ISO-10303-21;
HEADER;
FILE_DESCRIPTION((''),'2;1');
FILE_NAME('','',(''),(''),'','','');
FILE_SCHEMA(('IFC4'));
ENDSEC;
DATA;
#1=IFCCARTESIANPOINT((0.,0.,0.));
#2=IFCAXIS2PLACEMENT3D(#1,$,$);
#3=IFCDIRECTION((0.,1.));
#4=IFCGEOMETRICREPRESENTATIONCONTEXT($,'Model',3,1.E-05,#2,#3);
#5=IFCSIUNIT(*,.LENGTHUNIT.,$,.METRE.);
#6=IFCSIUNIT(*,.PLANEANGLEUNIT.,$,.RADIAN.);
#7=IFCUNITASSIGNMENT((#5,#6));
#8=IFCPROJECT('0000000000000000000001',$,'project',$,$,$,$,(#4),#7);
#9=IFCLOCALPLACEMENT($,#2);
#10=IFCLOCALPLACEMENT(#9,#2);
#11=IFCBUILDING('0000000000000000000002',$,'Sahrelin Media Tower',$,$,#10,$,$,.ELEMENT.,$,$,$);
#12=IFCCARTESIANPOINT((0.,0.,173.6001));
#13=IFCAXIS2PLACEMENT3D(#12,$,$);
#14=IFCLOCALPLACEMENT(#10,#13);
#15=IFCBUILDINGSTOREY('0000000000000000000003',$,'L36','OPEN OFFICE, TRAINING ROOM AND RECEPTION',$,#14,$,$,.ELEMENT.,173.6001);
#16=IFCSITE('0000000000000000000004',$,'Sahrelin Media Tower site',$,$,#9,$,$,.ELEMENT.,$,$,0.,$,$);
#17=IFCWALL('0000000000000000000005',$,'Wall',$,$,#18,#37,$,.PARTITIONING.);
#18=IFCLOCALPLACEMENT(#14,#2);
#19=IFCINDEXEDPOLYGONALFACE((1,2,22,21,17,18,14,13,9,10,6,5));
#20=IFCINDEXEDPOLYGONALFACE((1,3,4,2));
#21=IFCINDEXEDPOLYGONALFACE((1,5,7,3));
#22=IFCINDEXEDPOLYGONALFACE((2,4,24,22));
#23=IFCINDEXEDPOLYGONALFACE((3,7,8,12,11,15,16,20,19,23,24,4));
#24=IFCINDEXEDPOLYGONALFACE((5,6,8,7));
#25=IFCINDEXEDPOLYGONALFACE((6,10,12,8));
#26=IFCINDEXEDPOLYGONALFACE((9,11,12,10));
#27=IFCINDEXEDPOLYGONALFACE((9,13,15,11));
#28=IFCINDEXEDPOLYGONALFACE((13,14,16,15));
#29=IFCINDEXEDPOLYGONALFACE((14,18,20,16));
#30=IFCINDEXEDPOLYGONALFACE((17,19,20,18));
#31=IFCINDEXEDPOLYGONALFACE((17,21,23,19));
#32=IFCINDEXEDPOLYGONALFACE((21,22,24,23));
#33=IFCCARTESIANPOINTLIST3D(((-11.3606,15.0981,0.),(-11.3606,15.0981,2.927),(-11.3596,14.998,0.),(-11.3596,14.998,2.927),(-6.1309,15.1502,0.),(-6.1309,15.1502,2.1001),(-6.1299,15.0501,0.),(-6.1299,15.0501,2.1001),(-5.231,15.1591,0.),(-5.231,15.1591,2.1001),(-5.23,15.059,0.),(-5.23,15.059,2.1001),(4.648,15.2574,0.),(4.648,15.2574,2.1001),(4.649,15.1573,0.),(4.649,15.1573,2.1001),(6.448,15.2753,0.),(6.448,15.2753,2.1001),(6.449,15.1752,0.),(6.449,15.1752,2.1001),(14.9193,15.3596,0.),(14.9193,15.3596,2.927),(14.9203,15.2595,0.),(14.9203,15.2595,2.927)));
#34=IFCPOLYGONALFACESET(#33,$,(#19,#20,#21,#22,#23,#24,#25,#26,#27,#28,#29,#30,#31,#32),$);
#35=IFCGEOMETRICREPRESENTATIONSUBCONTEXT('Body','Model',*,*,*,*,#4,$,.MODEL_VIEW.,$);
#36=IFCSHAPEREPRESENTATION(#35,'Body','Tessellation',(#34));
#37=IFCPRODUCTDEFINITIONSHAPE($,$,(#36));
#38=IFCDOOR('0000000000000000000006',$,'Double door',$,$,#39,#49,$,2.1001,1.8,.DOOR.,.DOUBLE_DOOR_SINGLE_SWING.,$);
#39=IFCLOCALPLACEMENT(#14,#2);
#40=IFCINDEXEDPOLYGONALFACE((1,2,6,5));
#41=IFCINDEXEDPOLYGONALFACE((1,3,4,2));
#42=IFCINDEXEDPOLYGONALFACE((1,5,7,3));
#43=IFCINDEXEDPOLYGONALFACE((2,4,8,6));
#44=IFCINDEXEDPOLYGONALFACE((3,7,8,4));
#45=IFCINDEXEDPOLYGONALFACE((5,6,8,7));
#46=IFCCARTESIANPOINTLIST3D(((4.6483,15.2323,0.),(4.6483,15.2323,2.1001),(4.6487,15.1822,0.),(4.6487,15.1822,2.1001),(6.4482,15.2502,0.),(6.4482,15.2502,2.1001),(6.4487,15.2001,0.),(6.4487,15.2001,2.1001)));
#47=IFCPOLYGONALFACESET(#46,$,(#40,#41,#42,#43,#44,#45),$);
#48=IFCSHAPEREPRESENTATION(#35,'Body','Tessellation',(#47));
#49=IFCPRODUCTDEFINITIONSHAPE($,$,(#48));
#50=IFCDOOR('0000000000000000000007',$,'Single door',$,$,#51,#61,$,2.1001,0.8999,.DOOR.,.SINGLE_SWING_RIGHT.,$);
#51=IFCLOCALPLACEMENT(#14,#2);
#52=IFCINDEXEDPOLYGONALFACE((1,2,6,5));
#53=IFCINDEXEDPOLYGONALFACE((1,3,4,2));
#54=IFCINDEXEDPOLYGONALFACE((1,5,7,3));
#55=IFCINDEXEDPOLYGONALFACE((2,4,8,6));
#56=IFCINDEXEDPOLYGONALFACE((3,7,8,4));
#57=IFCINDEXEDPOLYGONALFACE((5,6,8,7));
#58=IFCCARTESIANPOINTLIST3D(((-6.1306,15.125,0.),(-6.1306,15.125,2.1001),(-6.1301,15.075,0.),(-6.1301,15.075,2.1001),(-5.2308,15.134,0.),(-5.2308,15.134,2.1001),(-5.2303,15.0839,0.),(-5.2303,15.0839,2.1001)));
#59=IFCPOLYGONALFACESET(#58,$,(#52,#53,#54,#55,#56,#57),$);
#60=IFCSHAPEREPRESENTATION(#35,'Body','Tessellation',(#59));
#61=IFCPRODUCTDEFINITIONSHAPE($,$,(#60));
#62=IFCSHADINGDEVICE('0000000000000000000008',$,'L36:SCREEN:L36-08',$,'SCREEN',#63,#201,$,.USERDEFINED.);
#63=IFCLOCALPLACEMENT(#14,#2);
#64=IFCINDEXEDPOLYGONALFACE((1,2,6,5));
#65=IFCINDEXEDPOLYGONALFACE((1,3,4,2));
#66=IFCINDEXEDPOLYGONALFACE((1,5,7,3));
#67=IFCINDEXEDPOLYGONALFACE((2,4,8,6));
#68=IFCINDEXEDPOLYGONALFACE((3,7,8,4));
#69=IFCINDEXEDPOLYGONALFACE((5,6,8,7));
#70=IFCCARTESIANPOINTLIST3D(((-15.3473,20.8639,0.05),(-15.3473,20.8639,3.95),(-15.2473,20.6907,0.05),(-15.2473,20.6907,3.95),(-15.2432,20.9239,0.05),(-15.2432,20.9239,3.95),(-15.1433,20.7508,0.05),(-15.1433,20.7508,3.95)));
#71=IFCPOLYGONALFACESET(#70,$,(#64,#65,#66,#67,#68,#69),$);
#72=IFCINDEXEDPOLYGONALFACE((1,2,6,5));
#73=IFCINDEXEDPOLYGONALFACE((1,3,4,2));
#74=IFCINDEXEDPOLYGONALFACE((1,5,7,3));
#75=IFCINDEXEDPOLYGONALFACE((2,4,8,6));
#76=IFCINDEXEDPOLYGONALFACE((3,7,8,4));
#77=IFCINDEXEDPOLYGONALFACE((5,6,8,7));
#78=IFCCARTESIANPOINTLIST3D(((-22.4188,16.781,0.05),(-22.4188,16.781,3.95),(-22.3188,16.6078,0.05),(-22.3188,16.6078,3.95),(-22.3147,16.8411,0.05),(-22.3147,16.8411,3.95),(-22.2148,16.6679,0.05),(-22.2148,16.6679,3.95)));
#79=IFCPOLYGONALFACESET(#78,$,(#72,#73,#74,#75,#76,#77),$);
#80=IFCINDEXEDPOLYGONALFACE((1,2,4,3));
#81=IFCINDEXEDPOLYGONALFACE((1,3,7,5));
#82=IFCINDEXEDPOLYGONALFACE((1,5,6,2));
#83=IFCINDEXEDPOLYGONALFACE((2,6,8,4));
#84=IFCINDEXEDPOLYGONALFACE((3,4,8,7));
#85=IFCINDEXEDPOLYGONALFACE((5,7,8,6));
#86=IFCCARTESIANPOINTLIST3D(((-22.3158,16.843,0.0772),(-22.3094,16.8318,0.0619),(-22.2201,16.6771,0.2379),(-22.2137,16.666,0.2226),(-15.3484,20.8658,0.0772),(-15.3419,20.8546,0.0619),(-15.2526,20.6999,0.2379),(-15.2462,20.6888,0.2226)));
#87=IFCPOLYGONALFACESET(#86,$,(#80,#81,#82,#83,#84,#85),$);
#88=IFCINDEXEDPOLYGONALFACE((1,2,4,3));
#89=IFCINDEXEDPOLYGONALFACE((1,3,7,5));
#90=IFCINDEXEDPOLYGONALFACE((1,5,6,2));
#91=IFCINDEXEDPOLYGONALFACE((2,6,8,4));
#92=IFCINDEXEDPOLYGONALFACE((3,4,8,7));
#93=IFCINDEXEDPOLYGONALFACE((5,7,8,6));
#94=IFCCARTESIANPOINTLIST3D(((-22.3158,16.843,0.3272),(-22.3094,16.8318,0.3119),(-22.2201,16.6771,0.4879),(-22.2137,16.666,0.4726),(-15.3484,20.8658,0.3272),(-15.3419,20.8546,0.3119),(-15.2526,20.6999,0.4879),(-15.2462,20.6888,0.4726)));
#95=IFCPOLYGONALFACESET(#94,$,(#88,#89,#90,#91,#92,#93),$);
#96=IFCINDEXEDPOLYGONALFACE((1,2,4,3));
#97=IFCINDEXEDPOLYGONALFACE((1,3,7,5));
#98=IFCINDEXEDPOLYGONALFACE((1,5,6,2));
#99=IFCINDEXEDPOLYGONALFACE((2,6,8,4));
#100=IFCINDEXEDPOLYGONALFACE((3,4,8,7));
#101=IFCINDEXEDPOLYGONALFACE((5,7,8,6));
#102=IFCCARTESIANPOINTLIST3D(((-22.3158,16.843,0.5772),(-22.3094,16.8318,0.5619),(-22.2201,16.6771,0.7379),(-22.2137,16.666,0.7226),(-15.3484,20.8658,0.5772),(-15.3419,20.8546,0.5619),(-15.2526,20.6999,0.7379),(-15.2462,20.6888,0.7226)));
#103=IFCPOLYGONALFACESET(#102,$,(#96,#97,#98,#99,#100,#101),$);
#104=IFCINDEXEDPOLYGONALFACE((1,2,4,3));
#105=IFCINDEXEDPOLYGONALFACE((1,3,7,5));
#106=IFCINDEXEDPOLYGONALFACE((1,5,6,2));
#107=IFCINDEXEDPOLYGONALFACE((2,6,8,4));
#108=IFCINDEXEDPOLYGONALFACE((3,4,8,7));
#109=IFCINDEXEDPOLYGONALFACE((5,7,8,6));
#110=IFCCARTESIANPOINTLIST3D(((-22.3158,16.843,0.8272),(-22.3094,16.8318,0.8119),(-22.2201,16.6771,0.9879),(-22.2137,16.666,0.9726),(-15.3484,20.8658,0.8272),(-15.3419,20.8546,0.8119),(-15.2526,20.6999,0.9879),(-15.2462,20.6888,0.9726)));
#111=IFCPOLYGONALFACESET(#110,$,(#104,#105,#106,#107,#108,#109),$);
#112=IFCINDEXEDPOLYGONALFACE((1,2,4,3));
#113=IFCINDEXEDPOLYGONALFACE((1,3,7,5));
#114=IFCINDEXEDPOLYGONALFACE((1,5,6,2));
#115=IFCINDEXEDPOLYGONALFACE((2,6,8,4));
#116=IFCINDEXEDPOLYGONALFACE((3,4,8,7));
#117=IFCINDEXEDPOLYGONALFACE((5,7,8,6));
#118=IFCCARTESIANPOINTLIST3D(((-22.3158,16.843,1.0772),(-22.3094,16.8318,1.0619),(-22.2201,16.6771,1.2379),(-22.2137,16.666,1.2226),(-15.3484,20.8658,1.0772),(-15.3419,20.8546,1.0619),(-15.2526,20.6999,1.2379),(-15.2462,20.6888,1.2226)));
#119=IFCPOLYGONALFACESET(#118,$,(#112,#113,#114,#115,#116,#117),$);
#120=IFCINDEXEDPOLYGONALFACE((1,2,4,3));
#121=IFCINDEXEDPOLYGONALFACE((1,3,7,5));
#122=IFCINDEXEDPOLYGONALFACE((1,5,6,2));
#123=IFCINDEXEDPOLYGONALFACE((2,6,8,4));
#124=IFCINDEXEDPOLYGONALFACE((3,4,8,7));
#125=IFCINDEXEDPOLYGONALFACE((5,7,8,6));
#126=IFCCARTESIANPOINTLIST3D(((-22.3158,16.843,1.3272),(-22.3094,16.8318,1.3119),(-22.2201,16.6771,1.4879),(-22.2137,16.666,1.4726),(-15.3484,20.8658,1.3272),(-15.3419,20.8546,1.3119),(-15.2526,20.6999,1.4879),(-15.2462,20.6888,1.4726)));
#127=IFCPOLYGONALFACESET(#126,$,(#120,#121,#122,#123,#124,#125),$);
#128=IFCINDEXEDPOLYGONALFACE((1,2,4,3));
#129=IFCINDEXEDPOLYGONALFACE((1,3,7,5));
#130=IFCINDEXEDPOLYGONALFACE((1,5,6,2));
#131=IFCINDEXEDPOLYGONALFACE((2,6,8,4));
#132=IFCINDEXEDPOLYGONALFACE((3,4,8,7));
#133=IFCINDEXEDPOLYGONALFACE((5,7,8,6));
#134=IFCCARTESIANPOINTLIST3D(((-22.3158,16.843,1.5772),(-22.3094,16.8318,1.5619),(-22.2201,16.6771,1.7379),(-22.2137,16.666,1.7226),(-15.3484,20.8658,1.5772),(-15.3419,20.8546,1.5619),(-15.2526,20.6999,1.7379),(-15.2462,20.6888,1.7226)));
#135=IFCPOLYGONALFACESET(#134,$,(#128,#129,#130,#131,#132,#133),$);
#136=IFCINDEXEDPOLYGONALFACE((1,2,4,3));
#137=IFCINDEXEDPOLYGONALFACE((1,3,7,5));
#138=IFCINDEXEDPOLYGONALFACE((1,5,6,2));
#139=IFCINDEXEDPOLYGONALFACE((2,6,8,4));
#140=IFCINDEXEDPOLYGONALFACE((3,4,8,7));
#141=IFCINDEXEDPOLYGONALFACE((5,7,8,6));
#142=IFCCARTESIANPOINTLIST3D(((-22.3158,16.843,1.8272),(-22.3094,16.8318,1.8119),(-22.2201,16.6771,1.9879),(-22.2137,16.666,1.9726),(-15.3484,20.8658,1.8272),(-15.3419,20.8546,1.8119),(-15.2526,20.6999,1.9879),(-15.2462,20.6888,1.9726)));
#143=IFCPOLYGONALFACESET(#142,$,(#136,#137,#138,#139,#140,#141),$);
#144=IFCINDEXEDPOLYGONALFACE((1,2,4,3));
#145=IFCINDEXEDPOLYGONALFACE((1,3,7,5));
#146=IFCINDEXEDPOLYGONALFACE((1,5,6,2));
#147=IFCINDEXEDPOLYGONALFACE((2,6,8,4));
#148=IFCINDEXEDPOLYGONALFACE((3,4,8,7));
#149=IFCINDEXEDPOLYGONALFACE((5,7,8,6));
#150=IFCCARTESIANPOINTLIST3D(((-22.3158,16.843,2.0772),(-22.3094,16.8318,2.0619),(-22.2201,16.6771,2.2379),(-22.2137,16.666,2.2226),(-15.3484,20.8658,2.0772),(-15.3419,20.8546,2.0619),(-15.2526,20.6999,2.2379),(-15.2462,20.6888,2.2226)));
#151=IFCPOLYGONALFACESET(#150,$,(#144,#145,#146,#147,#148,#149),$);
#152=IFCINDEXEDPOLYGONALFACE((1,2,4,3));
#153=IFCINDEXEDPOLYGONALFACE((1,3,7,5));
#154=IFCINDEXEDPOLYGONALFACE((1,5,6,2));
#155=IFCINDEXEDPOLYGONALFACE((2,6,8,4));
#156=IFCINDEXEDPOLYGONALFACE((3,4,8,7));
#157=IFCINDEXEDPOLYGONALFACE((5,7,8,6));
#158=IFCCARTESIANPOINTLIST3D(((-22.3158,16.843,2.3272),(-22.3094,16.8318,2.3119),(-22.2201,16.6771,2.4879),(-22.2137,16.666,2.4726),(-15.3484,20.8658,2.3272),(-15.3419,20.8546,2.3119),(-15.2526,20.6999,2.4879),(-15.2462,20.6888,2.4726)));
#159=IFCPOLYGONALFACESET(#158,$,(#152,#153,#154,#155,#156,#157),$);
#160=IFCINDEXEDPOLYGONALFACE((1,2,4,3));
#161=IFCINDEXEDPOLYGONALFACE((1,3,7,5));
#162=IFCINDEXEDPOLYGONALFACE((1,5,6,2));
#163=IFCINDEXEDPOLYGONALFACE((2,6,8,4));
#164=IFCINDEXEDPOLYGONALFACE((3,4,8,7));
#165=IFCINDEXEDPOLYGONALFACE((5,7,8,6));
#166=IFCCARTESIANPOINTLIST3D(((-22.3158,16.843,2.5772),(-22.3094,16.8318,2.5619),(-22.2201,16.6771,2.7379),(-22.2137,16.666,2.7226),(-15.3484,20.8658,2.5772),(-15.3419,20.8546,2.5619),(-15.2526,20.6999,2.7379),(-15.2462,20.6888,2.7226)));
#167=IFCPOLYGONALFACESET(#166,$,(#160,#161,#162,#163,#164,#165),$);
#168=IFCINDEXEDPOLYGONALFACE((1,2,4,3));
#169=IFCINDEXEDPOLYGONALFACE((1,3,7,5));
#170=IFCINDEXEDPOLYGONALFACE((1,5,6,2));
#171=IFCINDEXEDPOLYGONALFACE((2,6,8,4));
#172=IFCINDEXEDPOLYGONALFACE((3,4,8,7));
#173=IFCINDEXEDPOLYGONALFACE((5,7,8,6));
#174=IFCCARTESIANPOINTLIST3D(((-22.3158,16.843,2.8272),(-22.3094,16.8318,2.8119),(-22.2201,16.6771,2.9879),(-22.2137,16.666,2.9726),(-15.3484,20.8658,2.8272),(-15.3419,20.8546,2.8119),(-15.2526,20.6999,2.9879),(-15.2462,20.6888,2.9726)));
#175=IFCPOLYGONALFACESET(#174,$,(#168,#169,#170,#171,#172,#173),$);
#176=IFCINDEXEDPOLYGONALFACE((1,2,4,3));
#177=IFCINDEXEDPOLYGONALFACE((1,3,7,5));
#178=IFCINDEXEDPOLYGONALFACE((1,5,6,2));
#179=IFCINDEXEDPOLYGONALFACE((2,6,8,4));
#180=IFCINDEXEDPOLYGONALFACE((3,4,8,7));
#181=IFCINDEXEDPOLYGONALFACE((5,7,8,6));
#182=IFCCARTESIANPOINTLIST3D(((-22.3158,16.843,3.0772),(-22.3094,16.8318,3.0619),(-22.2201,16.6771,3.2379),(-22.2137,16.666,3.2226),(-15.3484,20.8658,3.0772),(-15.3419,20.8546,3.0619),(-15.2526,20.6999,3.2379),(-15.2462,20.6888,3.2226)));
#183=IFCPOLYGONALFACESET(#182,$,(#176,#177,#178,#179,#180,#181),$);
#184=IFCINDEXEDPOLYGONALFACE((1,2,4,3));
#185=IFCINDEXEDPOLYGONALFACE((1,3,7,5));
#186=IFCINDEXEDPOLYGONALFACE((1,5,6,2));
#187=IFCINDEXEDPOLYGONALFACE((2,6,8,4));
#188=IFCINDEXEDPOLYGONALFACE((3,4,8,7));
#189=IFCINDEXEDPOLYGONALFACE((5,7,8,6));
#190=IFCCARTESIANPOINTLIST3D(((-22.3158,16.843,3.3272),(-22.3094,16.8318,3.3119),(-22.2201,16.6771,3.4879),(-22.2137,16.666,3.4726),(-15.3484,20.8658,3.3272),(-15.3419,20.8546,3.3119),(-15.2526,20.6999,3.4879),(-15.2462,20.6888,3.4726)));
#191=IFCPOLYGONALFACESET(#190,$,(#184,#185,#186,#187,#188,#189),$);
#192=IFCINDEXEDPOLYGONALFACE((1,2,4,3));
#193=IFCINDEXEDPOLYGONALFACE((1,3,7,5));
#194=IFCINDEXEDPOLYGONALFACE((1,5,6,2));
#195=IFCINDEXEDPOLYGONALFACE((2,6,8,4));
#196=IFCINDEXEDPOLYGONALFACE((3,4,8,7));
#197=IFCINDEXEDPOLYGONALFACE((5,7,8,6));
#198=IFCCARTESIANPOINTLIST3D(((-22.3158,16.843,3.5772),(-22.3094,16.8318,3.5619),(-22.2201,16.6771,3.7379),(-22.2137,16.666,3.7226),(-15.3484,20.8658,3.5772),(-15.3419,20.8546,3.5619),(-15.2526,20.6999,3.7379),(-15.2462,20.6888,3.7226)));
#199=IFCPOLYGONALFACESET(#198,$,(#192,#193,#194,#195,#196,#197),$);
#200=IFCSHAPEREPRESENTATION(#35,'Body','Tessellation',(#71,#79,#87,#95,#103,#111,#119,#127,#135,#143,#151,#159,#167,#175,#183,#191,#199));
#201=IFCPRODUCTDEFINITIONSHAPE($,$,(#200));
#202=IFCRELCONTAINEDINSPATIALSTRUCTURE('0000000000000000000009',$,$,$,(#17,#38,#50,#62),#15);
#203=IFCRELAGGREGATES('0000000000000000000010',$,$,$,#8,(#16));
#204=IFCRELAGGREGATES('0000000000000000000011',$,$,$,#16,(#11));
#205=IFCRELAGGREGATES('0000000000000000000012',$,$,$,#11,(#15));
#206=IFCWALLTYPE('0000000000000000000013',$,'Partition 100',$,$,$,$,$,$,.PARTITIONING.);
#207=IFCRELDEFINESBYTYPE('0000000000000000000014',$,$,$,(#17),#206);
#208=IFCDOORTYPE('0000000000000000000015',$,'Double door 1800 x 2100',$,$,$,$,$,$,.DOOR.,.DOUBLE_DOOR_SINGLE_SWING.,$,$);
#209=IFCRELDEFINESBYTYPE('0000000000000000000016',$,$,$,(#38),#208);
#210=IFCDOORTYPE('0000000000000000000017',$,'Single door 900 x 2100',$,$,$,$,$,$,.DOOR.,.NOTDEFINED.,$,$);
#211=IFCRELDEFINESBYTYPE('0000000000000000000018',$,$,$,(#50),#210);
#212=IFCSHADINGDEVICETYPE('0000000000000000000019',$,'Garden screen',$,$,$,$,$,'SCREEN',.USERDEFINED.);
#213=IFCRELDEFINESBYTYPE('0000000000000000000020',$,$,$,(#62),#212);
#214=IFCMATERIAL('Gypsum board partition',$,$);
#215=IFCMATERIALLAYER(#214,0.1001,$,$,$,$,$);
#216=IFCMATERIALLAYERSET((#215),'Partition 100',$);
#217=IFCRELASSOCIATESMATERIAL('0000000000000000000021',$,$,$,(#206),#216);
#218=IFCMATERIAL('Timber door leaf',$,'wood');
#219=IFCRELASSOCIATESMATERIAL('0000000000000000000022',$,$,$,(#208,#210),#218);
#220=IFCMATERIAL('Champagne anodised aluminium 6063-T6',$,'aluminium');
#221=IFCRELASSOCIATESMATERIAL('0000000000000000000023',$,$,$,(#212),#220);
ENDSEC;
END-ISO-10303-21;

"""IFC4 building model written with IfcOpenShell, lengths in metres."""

from ifc_helpers import new_model, si_unit, direction, frame, frame_2d, origin, origin_2d, place, context, subcontext, project, spatial, rectangle, extrude, material, layer, layer_set, type_object, element, fill, save


model = new_model("IFC4")

# Units and contexts
model_context = context("Model", 3, precision=1e-05, world=origin(), true_north=direction((0.0, 1.0)))
body_context = subcontext(model_context, "Body", "Model", "MODEL_VIEW")
ifc_project = project(units=[si_unit("LENGTHUNIT", "METRE"), si_unit("PLANEANGLEUNIT", "RADIAN")], contexts=[model_context])

# Site, building, storey
site_placement = place(None, origin())
site = spatial("IfcSite", under=ifc_project, at=site_placement, Name="Sahrelin Media Tower site", CompositionType="ELEMENT", RefElevation=0.0)
building_placement = place(site_placement, origin())
building = spatial("IfcBuilding", under=site, at=building_placement, Name="Sahrelin Media Tower", CompositionType="ELEMENT")
storey_placement = place(building_placement, frame((0.0, 0.0, 173.6001)))
storey = spatial("IfcBuildingStorey", under=building, at=storey_placement, Name="L36", Description="OPEN OFFICE, TRAINING ROOM AND RECEPTION", CompositionType="ELEMENT", Elevation=173.6001)

# Shared definitions
ifc_material_1 = material(Name="Gypsum board partition")
ifc_layer_1 = layer(ifc_material_1, 0.1001)
ifc_layer_set_1 = layer_set([ifc_layer_1], Name="Partition 100")
wall_type_1 = type_object("IfcWallType", Name="Partition 100", PredefinedType="PARTITIONING", material=ifc_layer_set_1)

# Wall, openings, doors
wall_1_placement = place(storey_placement, frame((-11.3601, 15.0481, 0.0), z_axis=(0.0, 0.0, 1.0), x_axis=(0.999951, 0.009949, 0.0)))
wall_1 = element("IfcWall", 1, at=wall_1_placement, inside=storey, type_object=wall_type_1, Name="Wall", PredefinedType="PARTITIONING", context=body_context, shape_type="SweptSolid", body=[
    extrude(rectangle(XDim=26.2812, YDim=0.1001, at=frame_2d((13.1406, 0.0))), origin(), (0.0, 0.0, 1.0), 2.927),
])
opening_1_placement = place(wall_1_placement, frame((16.0095, 0.0, 0.0)))
opening_1 = element("IfcOpeningElement", 2, at=opening_1_placement, cuts=wall_1, PredefinedType="OPENING", context=body_context, shape_type="SweptSolid", body=[
    extrude(rectangle(XDim=1.8, YDim=2.1001, at=frame_2d((0.8999, 1.05))), frame((0.0, 0.05, 0.0), z_axis=(0.0, -1.0, 0.0), x_axis=(1.0, 0.0, 0.0)), (0.0, 0.0, 1.0), 0.1001),
])
opening_2_placement = place(wall_1_placement, frame((5.23, 0.0, 0.0)))
opening_2 = element("IfcOpeningElement", 3, at=opening_2_placement, cuts=wall_1, PredefinedType="OPENING", context=body_context, shape_type="SweptSolid", body=[
    extrude(rectangle(XDim=0.8999, YDim=2.1001, at=frame_2d((0.45, 1.05))), frame((0.0, 0.05, 0.0), z_axis=(0.0, -1.0, 0.0), x_axis=(1.0, 0.0, 0.0)), (0.0, 0.0, 1.0), 0.1001),
])
ifc_material_2 = material(Name="Timber door leaf", Category="wood")
door_type_1 = type_object("IfcDoorType", Name="Double door 1800 x 2100", OperationType="DOUBLE_DOOR_SINGLE_SWING", PredefinedType="DOOR", material=ifc_material_2)
door_1_placement = place(opening_1_placement, origin())
door_1 = element("IfcDoor", 4, at=door_1_placement, inside=storey, type_object=door_type_1, Name="Double door", OperationType="DOUBLE_DOOR_SINGLE_SWING", OverallHeight=2.1001, OverallWidth=1.8, PredefinedType="DOOR", context=body_context, shape_type="SweptSolid", body=[
    extrude(rectangle(XDim=1.8, YDim=2.1001, at=frame_2d((0.8999, 1.05))), frame((0.0, 0.0249, 0.0), z_axis=(0.0, -1.0, 0.0), x_axis=(1.0, 0.0, 0.0)), (0.0, 0.0, 1.0), 0.05),
])
fill(opening_1, door_1)
door_type_2 = type_object("IfcDoorType", Name="Single door 900 x 2100", OperationType="NOTDEFINED", PredefinedType="DOOR", material=ifc_material_2)
door_2_placement = place(opening_2_placement, origin())
door_2 = element("IfcDoor", 5, at=door_2_placement, inside=storey, type_object=door_type_2, Name="Single door", OperationType="SINGLE_SWING_RIGHT", OverallHeight=2.1001, OverallWidth=0.8999, PredefinedType="DOOR", context=body_context, shape_type="SweptSolid", body=[
    extrude(rectangle(XDim=0.8999, YDim=2.1001, at=frame_2d((0.45, 1.05))), frame((0.0, 0.0249, 0.0), z_axis=(0.0, -1.0, 0.0), x_axis=(1.0, 0.0, 0.0)), (0.0, 0.0, 1.0), 0.05),
])
fill(opening_2, door_2)

# Shading device
ifc_material_3 = material(Name="Champagne anodised aluminium 6063-T6", Category="aluminium")
shading_device_type = type_object("IfcShadingDeviceType", Name="Garden screen", ElementType="SCREEN", PredefinedType="USERDEFINED", material=ifc_material_3)
shading_device_1_placement = place(storey_placement, frame((-18.731, 18.6792, 0.0), z_axis=(0.0, 0.0, 1.0), x_axis=(0.866019, 0.500011, 0.0)))
element("IfcShadingDevice", 6, at=shading_device_1_placement, inside=storey, type_object=shading_device_type, Name="L36:SCREEN:L36-08", ObjectType="SCREEN", PredefinedType="USERDEFINED", context=body_context, shape_type="SweptSolid", body=[
    extrude(rectangle(XDim=0.1201, YDim=0.2, at=origin_2d()), frame((4.0828, 0.1001, 0.05), z_axis=(0.0, 0.0, 1.0), x_axis=(1.0, 0.0, 0.0)), (0.0, 0.0, 1.0), 3.8999),
    extrude(rectangle(XDim=0.1201, YDim=0.2, at=origin_2d()), frame((-4.0828, 0.1001, 0.05), z_axis=(0.0, 0.0, 1.0), x_axis=(1.0, 0.0, 0.0)), (0.0, 0.0, 1.0), 3.8999),
    extrude(rectangle(XDim=0.25, YDim=0.02, at=origin_2d()), frame((4.0227, 0.1001, 0.1499), z_axis=(-1.0, 0.0, 0.0), x_axis=(0.0, -0.766044, 0.642788)), (0.0, 0.0, 1.0), 8.0454),
    extrude(rectangle(XDim=0.25, YDim=0.02, at=origin_2d()), frame((4.0227, 0.1001, 0.3999), z_axis=(-1.0, 0.0, 0.0), x_axis=(0.0, -0.766044, 0.642788)), (0.0, 0.0, 1.0), 8.0454),
    extrude(rectangle(XDim=0.25, YDim=0.02, at=origin_2d()), frame((4.0227, 0.1001, 0.6499), z_axis=(-1.0, 0.0, 0.0), x_axis=(0.0, -0.766044, 0.642788)), (0.0, 0.0, 1.0), 8.0454),
    extrude(rectangle(XDim=0.25, YDim=0.02, at=origin_2d()), frame((4.0227, 0.1001, 0.8999), z_axis=(-1.0, 0.0, 0.0), x_axis=(0.0, -0.766044, 0.642788)), (0.0, 0.0, 1.0), 8.0454),
    extrude(rectangle(XDim=0.25, YDim=0.02, at=origin_2d()), frame((4.0227, 0.1001, 1.1499), z_axis=(-1.0, 0.0, 0.0), x_axis=(0.0, -0.766044, 0.642788)), (0.0, 0.0, 1.0), 8.0454),
    extrude(rectangle(XDim=0.25, YDim=0.02, at=origin_2d()), frame((4.0227, 0.1001, 1.3999), z_axis=(-1.0, 0.0, 0.0), x_axis=(0.0, -0.766044, 0.642788)), (0.0, 0.0, 1.0), 8.0454),
    extrude(rectangle(XDim=0.25, YDim=0.02, at=origin_2d()), frame((4.0227, 0.1001, 1.6499), z_axis=(-1.0, 0.0, 0.0), x_axis=(0.0, -0.766044, 0.642788)), (0.0, 0.0, 1.0), 8.0454),
    extrude(rectangle(XDim=0.25, YDim=0.02, at=origin_2d()), frame((4.0227, 0.1001, 1.8999), z_axis=(-1.0, 0.0, 0.0), x_axis=(0.0, -0.766044, 0.642788)), (0.0, 0.0, 1.0), 8.0454),
    extrude(rectangle(XDim=0.25, YDim=0.02, at=origin_2d()), frame((4.0227, 0.1001, 2.1499), z_axis=(-1.0, 0.0, 0.0), x_axis=(0.0, -0.766044, 0.642788)), (0.0, 0.0, 1.0), 8.0454),
    extrude(rectangle(XDim=0.25, YDim=0.02, at=origin_2d()), frame((4.0227, 0.1001, 2.3999), z_axis=(-1.0, 0.0, 0.0), x_axis=(0.0, -0.766044, 0.642788)), (0.0, 0.0, 1.0), 8.0454),
    extrude(rectangle(XDim=0.25, YDim=0.02, at=origin_2d()), frame((4.0227, 0.1001, 2.6499), z_axis=(-1.0, 0.0, 0.0), x_axis=(0.0, -0.766044, 0.642788)), (0.0, 0.0, 1.0), 8.0454),
    extrude(rectangle(XDim=0.25, YDim=0.02, at=origin_2d()), frame((4.0227, 0.1001, 2.8999), z_axis=(-1.0, 0.0, 0.0), x_axis=(0.0, -0.766044, 0.642788)), (0.0, 0.0, 1.0), 8.0454),
    extrude(rectangle(XDim=0.25, YDim=0.02, at=origin_2d()), frame((4.0227, 0.1001, 3.1499), z_axis=(-1.0, 0.0, 0.0), x_axis=(0.0, -0.766044, 0.642788)), (0.0, 0.0, 1.0), 8.0454),
    extrude(rectangle(XDim=0.25, YDim=0.02, at=origin_2d()), frame((4.0227, 0.1001, 3.3999), z_axis=(-1.0, 0.0, 0.0), x_axis=(0.0, -0.766044, 0.642788)), (0.0, 0.0, 1.0), 8.0454),
    extrude(rectangle(XDim=0.25, YDim=0.02, at=origin_2d()), frame((4.0227, 0.1001, 3.6499), z_axis=(-1.0, 0.0, 0.0), x_axis=(0.0, -0.766044, 0.642788)), (0.0, 0.0, 1.0), 8.0454),
])

save(model, "model.ifc")
